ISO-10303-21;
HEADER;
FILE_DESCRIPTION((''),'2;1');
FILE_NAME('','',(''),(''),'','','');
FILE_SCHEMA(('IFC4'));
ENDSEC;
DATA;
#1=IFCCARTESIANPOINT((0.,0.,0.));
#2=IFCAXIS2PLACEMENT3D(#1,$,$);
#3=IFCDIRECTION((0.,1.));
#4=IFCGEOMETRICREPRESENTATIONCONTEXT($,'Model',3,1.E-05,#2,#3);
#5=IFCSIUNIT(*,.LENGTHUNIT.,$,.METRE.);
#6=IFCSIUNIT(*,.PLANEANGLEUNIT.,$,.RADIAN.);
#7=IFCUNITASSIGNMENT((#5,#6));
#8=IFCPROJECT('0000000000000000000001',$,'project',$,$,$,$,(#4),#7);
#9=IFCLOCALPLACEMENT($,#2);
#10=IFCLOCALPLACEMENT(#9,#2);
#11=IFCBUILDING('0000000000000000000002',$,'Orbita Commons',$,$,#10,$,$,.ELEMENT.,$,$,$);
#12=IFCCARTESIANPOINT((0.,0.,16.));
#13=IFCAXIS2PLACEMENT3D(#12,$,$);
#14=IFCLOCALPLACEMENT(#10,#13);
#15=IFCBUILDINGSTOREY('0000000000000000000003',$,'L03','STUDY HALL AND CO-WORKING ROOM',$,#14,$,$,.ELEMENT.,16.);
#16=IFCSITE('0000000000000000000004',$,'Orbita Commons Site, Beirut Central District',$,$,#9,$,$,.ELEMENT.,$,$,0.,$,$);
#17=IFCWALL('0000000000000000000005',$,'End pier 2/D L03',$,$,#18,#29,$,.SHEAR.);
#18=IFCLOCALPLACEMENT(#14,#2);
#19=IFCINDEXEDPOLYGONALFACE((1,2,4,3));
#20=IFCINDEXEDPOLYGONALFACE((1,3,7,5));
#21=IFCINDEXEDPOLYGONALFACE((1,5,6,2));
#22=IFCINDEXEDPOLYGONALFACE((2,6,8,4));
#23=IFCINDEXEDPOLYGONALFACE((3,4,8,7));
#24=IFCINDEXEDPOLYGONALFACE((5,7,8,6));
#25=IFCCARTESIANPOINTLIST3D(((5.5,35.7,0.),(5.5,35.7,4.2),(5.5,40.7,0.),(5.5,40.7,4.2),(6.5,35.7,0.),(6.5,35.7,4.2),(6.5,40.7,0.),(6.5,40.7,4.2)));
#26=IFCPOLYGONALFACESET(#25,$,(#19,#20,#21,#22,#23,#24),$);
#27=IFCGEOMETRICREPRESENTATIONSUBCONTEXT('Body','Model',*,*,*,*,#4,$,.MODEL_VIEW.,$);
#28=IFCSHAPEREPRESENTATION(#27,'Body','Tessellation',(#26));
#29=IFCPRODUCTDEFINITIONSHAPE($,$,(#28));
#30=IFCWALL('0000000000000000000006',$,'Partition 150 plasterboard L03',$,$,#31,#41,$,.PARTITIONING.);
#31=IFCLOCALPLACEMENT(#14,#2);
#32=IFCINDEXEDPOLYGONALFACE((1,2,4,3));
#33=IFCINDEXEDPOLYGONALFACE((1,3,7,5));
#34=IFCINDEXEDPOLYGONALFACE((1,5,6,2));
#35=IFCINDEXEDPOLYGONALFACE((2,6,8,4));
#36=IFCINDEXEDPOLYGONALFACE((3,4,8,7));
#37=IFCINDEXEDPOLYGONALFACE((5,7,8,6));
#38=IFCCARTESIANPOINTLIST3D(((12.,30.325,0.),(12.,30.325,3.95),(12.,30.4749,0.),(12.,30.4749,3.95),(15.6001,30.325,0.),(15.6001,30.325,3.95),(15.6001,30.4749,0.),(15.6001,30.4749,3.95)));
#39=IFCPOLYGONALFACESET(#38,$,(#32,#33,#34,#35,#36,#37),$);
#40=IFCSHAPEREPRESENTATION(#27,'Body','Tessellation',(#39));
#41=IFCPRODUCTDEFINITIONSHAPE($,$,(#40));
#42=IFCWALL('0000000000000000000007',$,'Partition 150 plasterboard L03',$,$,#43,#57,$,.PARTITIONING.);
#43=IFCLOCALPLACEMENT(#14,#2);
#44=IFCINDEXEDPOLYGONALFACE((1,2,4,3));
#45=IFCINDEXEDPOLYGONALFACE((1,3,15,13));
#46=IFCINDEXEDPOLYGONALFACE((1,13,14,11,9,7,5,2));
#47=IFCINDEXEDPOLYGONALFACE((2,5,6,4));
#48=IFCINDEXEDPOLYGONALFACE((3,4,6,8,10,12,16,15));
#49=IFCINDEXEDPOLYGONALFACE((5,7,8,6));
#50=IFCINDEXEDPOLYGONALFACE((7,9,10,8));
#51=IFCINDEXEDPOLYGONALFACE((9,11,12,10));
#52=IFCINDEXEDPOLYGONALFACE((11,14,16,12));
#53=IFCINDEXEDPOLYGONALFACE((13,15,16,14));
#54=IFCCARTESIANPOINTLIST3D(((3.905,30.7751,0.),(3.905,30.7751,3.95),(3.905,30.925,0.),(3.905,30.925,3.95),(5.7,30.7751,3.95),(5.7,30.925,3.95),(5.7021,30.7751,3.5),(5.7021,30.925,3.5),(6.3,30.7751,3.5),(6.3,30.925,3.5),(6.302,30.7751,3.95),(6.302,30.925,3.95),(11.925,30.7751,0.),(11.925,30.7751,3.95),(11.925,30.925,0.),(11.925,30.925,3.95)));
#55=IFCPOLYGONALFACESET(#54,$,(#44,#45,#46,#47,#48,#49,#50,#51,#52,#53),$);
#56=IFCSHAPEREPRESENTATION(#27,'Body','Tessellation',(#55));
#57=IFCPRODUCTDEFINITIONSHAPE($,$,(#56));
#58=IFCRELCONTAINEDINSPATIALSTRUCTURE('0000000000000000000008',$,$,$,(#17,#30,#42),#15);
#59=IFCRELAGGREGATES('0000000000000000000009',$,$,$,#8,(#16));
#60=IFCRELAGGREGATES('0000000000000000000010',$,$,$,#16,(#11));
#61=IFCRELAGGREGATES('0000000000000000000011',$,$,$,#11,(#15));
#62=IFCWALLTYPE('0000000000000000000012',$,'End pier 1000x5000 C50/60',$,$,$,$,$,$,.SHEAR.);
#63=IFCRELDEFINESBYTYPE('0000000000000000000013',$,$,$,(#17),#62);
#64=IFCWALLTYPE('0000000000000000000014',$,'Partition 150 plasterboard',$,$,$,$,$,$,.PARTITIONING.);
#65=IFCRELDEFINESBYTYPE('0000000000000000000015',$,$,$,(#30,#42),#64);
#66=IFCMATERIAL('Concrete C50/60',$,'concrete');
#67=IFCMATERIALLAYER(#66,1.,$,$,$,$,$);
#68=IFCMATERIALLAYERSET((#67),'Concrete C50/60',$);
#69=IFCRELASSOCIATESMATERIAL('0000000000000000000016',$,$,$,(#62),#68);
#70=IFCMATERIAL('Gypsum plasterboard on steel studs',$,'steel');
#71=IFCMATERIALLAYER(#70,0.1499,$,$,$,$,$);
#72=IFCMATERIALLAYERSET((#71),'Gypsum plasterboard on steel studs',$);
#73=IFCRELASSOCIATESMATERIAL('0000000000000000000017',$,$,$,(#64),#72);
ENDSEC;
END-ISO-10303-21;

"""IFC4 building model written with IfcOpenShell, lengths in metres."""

from ifc_helpers import new_model, si_unit, direction, frame, frame_2d, origin, place, context, subcontext, project, spatial, polyline, rectangle, outline, extrude, material, layer, layer_set, type_object, element, save


model = new_model("IFC4")

# Units and contexts
model_context = context("Model", 3, precision=1e-05, world=origin(), true_north=direction((0.0, 1.0)))
body_context = subcontext(model_context, "Body", "Model", "MODEL_VIEW")
ifc_project = project(units=[si_unit("LENGTHUNIT", "METRE"), si_unit("PLANEANGLEUNIT", "RADIAN")], contexts=[model_context])

# Site, building, storey
site_placement = place(None, origin())
site = spatial("IfcSite", under=ifc_project, at=site_placement, Name="Orbita Commons Site, Beirut Central District", CompositionType="ELEMENT", RefElevation=0.0)
building_placement = place(site_placement, origin())
building = spatial("IfcBuilding", under=site, at=building_placement, Name="Orbita Commons", CompositionType="ELEMENT")
storey_placement = place(building_placement, frame((0.0, 0.0, 16.0)))
storey = spatial("IfcBuildingStorey", under=building, at=storey_placement, Name="L03", Description="STUDY HALL AND CO-WORKING ROOM", CompositionType="ELEMENT", Elevation=16.0)

# Walls
ifc_material_1 = material(Name="Concrete C50/60", Category="concrete")
ifc_layer_1 = layer(ifc_material_1, 1.0)
ifc_layer_set_1 = layer_set([ifc_layer_1], Name="Concrete C50/60")
wall_type_1 = type_object("IfcWallType", Name="End pier 1000x5000 C50/60", PredefinedType="SHEAR", material=ifc_layer_set_1)
wall_1_placement = place(storey_placement, frame((6.0, 35.7, 0.0), z_axis=(0.0, 0.0, 1.0), x_axis=(0.0, 1.0, 0.0)))
element("IfcWall", 1, at=wall_1_placement, inside=storey, type_object=wall_type_1, Name="End pier 2/D L03", PredefinedType="SHEAR", context=body_context, shape_type="SweptSolid", body=[
    extrude(rectangle(XDim=5.0, YDim=1.0, at=frame_2d((2.5, 0.0))), origin(), (0.0, 0.0, 1.0), 4.2),
])
ifc_material_2 = material(Name="Gypsum plasterboard on steel studs", Category="steel")
ifc_layer_2 = layer(ifc_material_2, 0.1499)
ifc_layer_set_2 = layer_set([ifc_layer_2], Name="Gypsum plasterboard on steel studs")
wall_type_2 = type_object("IfcWallType", Name="Partition 150 plasterboard", PredefinedType="PARTITIONING", material=ifc_layer_set_2)
wall_2_placement = place(storey_placement, frame((12.0, 30.3999, 0.0), z_axis=(0.0, 0.0, 1.0), x_axis=(1.0, 0.0, 0.0)))
element("IfcWall", 2, at=wall_2_placement, inside=storey, type_object=wall_type_2, Name="Partition 150 plasterboard L03", PredefinedType="PARTITIONING", context=body_context, shape_type="SweptSolid", body=[
    extrude(rectangle(XDim=3.6001, YDim=0.1499, at=frame_2d((1.8, 0.0))), origin(), (0.0, 0.0, 1.0), 3.95),
])
wall_3_placement = place(storey_placement, frame((3.905, 30.8501, 0.0), z_axis=(0.0, 0.0, 1.0), x_axis=(1.0, 0.0, 0.0)))
element("IfcWall", 3, at=wall_3_placement, inside=storey, type_object=wall_type_2, Name="Partition 150 plasterboard L03", PredefinedType="PARTITIONING", context=body_context, shape_type="SweptSolid", body=[
    extrude(outline(polyline([(0.0, 0.0), (8.02, 0.0), (8.02, 3.95), (2.397, 3.95), (2.395, 3.5), (1.7971, 3.5), (1.7949, 3.95), (0.0, 3.95), (0.0, 0.0)])), frame((0.0, 0.075, 0.0), z_axis=(0.0, -1.0, 0.0), x_axis=(1.0, 0.0, 0.0)), (0.0, 0.0, 1.0), 0.1499),
])

save(model, "model.ifc")
